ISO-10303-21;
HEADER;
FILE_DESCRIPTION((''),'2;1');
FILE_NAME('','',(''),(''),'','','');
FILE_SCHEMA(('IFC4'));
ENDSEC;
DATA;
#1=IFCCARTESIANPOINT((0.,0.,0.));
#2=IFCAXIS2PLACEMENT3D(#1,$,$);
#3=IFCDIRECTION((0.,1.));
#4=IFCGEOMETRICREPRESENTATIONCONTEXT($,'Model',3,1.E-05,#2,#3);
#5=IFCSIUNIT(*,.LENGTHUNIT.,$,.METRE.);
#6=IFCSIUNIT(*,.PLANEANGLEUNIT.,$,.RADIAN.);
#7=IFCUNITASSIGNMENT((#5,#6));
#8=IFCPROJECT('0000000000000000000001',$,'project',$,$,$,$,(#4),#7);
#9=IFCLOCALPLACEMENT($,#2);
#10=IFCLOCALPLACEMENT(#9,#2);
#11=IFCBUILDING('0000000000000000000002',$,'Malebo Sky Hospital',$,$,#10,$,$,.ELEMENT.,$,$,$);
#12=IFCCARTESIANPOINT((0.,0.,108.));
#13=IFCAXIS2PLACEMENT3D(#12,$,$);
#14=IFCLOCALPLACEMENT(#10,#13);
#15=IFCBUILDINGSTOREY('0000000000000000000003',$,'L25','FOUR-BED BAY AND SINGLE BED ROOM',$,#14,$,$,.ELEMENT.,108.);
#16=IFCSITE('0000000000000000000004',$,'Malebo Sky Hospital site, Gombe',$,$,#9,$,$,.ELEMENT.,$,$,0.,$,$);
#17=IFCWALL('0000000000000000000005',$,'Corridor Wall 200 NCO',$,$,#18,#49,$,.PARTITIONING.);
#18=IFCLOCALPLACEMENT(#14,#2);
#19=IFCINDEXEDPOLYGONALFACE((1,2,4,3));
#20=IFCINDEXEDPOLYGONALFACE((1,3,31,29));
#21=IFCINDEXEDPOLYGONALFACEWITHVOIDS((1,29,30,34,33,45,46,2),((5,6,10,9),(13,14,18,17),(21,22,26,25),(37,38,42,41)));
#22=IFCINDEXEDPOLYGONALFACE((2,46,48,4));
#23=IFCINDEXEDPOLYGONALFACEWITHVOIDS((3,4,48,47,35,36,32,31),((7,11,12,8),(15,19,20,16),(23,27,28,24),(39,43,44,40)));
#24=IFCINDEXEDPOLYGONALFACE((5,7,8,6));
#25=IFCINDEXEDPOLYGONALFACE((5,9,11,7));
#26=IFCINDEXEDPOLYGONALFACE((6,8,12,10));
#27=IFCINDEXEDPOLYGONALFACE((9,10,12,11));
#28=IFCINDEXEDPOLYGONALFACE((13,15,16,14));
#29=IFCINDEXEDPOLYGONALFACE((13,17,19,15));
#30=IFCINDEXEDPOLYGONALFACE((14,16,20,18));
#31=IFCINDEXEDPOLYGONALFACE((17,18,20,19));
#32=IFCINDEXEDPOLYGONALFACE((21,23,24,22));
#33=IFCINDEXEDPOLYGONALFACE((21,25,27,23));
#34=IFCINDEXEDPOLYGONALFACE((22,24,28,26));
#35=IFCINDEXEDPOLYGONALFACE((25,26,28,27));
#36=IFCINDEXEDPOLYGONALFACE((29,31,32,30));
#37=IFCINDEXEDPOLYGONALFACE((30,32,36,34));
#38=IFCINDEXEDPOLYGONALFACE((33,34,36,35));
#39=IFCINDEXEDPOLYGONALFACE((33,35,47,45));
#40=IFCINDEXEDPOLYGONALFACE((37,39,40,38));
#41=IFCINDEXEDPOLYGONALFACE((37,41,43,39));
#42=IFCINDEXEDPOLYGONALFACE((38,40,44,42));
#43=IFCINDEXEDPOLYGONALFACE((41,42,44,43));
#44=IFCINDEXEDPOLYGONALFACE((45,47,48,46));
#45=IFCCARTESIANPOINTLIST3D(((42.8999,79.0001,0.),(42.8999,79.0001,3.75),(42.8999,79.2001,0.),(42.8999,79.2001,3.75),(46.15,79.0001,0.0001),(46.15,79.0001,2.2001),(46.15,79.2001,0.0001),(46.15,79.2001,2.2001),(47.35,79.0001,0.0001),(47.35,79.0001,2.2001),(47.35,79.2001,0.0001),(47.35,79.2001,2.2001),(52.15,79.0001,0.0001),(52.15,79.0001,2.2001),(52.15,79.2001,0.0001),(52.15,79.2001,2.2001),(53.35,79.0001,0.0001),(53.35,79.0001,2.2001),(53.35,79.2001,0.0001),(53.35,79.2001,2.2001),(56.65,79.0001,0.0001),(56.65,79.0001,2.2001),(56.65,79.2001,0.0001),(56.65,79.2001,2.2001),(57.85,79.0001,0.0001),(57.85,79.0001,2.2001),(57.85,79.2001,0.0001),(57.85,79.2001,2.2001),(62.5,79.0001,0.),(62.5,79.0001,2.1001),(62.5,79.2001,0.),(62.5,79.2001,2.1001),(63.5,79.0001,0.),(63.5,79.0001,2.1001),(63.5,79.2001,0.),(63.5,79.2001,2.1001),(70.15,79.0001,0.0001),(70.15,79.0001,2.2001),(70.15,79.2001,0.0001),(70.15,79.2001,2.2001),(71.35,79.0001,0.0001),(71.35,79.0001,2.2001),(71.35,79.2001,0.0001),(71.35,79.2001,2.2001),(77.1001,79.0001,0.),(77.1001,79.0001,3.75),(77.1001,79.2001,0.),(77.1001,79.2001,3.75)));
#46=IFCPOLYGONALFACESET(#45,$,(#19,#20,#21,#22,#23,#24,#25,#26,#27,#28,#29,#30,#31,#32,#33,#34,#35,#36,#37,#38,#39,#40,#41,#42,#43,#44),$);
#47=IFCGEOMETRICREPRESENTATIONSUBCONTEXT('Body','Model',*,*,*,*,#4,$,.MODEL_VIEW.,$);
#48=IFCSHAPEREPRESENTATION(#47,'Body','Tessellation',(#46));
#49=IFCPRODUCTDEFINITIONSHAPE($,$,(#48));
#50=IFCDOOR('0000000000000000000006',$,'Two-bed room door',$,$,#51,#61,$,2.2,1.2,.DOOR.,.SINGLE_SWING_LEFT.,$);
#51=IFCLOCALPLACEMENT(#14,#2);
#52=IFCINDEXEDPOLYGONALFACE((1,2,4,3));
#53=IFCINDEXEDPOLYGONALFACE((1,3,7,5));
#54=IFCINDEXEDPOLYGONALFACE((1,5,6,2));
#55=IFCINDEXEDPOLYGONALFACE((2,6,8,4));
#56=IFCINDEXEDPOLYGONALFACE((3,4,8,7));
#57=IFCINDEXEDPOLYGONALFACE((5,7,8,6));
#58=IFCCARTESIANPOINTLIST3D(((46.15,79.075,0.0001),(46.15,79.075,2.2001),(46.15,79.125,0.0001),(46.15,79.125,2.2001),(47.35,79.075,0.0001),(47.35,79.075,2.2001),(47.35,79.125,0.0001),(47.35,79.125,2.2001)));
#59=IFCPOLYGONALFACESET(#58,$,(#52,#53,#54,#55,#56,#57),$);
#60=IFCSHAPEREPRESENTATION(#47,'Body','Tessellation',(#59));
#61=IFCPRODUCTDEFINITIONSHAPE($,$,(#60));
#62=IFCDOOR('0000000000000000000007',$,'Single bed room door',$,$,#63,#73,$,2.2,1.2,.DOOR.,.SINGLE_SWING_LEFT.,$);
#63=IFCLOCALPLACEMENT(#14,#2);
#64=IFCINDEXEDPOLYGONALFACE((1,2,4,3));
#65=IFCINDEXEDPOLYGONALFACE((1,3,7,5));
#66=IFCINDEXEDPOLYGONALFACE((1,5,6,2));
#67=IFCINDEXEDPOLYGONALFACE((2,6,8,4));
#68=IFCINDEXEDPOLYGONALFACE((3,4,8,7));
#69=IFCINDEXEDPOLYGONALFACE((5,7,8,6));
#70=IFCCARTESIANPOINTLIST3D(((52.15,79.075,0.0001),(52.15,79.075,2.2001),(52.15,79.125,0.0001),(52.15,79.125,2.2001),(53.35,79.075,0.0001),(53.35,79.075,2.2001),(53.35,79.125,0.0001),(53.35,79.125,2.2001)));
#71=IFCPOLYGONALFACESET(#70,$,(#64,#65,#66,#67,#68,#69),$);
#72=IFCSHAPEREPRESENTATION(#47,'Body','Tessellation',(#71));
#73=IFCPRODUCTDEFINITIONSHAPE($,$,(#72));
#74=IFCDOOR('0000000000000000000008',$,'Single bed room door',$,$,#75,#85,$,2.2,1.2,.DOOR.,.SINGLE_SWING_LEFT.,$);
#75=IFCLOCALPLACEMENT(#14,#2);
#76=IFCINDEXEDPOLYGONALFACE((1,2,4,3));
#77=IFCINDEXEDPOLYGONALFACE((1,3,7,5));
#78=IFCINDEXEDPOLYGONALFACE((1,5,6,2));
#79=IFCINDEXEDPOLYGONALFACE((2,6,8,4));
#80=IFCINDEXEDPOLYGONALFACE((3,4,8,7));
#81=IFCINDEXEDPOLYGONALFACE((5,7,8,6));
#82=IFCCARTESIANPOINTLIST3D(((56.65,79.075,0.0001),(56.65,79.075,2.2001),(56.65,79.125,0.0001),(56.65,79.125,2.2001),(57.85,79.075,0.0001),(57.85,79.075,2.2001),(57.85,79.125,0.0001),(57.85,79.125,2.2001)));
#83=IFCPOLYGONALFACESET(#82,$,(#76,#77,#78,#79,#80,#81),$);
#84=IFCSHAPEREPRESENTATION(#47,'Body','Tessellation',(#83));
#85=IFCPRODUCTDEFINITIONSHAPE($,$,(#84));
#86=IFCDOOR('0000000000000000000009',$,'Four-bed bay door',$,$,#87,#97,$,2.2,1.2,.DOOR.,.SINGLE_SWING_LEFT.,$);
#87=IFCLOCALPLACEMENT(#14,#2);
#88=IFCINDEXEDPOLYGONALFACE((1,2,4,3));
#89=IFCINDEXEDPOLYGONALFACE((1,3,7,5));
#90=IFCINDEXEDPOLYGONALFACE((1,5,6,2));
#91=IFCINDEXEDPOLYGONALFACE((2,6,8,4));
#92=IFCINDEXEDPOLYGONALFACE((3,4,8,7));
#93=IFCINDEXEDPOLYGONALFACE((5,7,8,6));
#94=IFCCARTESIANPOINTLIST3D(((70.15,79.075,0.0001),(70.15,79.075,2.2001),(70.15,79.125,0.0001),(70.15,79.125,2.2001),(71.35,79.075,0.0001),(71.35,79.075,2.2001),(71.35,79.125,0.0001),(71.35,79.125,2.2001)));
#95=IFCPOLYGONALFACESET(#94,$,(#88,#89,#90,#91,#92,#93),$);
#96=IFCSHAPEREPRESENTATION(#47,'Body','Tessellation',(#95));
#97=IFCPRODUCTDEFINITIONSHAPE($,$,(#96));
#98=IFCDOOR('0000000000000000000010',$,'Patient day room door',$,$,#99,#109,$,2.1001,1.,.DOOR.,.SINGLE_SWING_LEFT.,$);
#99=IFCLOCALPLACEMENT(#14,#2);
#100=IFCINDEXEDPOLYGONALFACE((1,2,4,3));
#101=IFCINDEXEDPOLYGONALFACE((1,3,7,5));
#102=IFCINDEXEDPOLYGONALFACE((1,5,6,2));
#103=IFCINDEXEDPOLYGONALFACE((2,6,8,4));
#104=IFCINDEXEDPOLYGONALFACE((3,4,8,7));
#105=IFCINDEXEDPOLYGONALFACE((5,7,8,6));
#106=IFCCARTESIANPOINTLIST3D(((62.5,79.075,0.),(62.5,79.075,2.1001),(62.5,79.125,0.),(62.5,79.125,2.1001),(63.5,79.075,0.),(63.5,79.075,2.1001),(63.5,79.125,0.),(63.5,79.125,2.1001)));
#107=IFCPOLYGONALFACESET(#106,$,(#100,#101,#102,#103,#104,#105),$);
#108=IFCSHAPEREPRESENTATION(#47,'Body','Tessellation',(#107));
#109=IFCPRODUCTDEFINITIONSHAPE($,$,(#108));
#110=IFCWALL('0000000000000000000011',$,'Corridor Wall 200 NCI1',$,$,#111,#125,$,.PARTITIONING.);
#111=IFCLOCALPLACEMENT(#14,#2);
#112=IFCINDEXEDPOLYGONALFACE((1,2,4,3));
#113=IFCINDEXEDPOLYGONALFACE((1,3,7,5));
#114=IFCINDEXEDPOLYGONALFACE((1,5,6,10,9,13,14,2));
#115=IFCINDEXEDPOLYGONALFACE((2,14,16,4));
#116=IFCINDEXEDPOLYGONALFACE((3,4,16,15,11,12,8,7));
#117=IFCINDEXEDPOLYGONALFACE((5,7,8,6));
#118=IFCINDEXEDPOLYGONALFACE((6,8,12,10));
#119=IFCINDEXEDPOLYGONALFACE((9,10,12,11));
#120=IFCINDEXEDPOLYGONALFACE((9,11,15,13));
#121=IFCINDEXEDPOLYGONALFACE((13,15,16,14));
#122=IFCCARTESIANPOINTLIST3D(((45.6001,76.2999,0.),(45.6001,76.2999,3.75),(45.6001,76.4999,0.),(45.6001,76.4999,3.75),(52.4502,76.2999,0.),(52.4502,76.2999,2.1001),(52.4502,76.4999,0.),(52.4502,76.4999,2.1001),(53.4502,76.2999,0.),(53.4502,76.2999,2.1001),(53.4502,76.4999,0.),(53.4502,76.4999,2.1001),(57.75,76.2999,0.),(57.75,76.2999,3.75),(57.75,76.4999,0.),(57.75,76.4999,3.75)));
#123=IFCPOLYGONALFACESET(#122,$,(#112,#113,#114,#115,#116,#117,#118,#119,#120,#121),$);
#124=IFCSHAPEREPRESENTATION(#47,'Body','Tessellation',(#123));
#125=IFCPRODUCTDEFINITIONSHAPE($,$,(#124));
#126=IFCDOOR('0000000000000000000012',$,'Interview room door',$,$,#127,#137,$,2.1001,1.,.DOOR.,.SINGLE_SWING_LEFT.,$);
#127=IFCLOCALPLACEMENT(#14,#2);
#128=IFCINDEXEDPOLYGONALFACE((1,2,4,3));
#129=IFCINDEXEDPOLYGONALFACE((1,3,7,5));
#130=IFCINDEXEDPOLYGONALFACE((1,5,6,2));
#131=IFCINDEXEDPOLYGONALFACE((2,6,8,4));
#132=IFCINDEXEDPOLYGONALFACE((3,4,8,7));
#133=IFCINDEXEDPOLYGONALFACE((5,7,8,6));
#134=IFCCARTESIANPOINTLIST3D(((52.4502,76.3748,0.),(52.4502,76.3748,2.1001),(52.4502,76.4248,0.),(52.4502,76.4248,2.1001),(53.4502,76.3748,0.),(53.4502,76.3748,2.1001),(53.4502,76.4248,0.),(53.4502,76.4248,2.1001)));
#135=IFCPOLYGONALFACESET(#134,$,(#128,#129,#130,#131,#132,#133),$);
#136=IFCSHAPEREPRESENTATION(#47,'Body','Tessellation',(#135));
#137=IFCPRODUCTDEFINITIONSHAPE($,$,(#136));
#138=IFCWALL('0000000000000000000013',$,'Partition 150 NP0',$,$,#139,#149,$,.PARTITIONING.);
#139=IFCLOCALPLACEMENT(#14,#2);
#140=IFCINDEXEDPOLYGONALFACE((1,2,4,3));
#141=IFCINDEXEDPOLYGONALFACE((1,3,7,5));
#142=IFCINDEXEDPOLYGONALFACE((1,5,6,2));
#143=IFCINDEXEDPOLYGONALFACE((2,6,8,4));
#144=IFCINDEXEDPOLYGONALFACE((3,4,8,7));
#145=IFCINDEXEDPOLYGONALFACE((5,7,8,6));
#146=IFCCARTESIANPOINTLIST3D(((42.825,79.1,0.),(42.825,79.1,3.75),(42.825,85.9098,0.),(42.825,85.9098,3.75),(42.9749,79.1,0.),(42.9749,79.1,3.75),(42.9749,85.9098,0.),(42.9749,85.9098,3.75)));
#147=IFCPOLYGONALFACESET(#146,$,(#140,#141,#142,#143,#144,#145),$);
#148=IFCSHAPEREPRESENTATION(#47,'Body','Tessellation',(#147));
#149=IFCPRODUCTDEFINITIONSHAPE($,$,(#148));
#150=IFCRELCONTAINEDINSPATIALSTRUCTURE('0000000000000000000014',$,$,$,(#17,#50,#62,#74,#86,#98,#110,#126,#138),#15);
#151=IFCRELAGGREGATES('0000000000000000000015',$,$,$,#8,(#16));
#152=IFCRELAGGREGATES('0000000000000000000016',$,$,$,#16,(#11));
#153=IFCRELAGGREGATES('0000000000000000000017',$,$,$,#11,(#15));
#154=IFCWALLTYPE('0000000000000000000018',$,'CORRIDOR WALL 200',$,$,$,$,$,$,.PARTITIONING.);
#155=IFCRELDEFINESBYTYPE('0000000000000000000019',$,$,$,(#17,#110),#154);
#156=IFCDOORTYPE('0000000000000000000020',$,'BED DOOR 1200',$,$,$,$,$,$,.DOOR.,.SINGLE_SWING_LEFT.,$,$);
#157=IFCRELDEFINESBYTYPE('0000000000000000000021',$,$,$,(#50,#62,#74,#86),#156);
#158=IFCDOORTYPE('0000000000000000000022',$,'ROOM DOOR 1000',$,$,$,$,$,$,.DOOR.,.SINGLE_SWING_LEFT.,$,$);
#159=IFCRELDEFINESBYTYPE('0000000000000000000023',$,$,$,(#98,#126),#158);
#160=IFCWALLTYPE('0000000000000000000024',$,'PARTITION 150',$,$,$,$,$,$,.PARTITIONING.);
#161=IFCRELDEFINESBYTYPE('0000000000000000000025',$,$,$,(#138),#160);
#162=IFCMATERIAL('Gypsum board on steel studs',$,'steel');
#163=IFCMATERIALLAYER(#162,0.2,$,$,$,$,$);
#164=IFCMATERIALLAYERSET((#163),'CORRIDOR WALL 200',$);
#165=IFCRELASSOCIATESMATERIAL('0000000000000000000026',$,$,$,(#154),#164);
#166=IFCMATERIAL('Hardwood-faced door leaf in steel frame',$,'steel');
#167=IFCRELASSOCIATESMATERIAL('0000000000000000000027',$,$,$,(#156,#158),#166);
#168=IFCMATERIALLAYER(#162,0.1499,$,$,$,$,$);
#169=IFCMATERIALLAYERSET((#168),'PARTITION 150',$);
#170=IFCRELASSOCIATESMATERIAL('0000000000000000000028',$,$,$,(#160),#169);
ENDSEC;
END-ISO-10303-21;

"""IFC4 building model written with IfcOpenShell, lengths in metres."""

from ifc_helpers import new_model, si_unit, direction, frame, frame_2d, origin, place, context, subcontext, project, spatial, rectangle, extrude, material, layer, layer_set, type_object, element, fill, save


model = new_model("IFC4")

# Units and contexts
model_context = context("Model", 3, precision=1e-05, world=origin(), true_north=direction((0.0, 1.0)))
body_context = subcontext(model_context, "Body", "Model", "MODEL_VIEW")
ifc_project = project(units=[si_unit("LENGTHUNIT", "METRE"), si_unit("PLANEANGLEUNIT", "RADIAN")], contexts=[model_context])

# Site, building, storey
site_placement = place(None, origin())
site = spatial("IfcSite", under=ifc_project, at=site_placement, Name="Malebo Sky Hospital site, Gombe", CompositionType="ELEMENT", RefElevation=0.0)
building_placement = place(site_placement, origin())
building = spatial("IfcBuilding", under=site, at=building_placement, Name="Malebo Sky Hospital", CompositionType="ELEMENT")
storey_placement = place(building_placement, frame((0.0, 0.0, 108.0)))
storey = spatial("IfcBuildingStorey", under=building, at=storey_placement, Name="L25", Description="FOUR-BED BAY AND SINGLE BED ROOM", CompositionType="ELEMENT", Elevation=108.0)

# Wall, openings, doors
ifc_material_1 = material(Name="Gypsum board on steel studs", Category="steel")
ifc_layer_1 = layer(ifc_material_1, 0.2)
ifc_layer_set_1 = layer_set([ifc_layer_1], Name="CORRIDOR WALL 200")
wall_type_1 = type_object("IfcWallType", Name="CORRIDOR WALL 200", PredefinedType="PARTITIONING", material=ifc_layer_set_1)
wall_1_placement = place(storey_placement, frame((42.8999, 79.1001, 0.0), z_axis=(0.0, 0.0, 1.0), x_axis=(1.0, 0.0, 0.0)))
wall_1 = element("IfcWall", 1, at=wall_1_placement, inside=storey, type_object=wall_type_1, Name="Corridor Wall 200 NCO", PredefinedType="PARTITIONING", context=body_context, shape_type="SweptSolid", body=[
    extrude(rectangle(XDim=34.2002, YDim=0.2, at=frame_2d((17.1001, 0.0))), origin(), (0.0, 0.0, 1.0), 3.75),
])
opening_1_placement = place(wall_1_placement, frame((3.25, 0.0, 0.0)))
opening_1 = element("IfcOpeningElement", 2, at=opening_1_placement, cuts=wall_1, PredefinedType="OPENING", context=body_context, shape_type="SweptSolid", body=[
    extrude(rectangle(XDim=1.2, YDim=2.2, at=frame_2d((0.6001, 1.1001))), frame((0.0, 0.1099, 0.0), z_axis=(0.0, -1.0, 0.0), x_axis=(1.0, 0.0, 0.0)), (0.0, 0.0, 1.0), 0.22),
])
opening_2_placement = place(wall_1_placement, frame((9.25, 0.0, 0.0)))
opening_2 = element("IfcOpeningElement", 3, at=opening_2_placement, cuts=wall_1, PredefinedType="OPENING", context=body_context, shape_type="SweptSolid", body=[
    extrude(rectangle(XDim=1.2, YDim=2.2, at=frame_2d((0.6001, 1.1001))), frame((0.0, 0.1099, 0.0), z_axis=(0.0, -1.0, 0.0), x_axis=(1.0, 0.0, 0.0)), (0.0, 0.0, 1.0), 0.22),
])
opening_3_placement = place(wall_1_placement, frame((13.75, 0.0, 0.0)))
opening_3 = element("IfcOpeningElement", 4, at=opening_3_placement, cuts=wall_1, PredefinedType="OPENING", context=body_context, shape_type="SweptSolid", body=[
    extrude(rectangle(XDim=1.2, YDim=2.2, at=frame_2d((0.6001, 1.1001))), frame((0.0, 0.1099, 0.0), z_axis=(0.0, -1.0, 0.0), x_axis=(1.0, 0.0, 0.0)), (0.0, 0.0, 1.0), 0.22),
])
opening_4_placement = place(wall_1_placement, frame((19.6001, 0.0, 0.0)))
opening_4 = element("IfcOpeningElement", 5, at=opening_4_placement, cuts=wall_1, PredefinedType="OPENING", context=body_context, shape_type="SweptSolid", body=[
    extrude(rectangle(XDim=1.0, YDim=2.1001, at=frame_2d((0.5, 1.05))), frame((0.0, 0.1099, 0.0), z_axis=(0.0, -1.0, 0.0), x_axis=(1.0, 0.0, 0.0)), (0.0, 0.0, 1.0), 0.22),
])
opening_5_placement = place(wall_1_placement, frame((27.25, 0.0, 0.0)))
opening_5 = element("IfcOpeningElement", 6, at=opening_5_placement, cuts=wall_1, PredefinedType="OPENING", context=body_context, shape_type="SweptSolid", body=[
    extrude(rectangle(XDim=1.2, YDim=2.2, at=frame_2d((0.6001, 1.1001))), frame((0.0, 0.1099, 0.0), z_axis=(0.0, -1.0, 0.0), x_axis=(1.0, 0.0, 0.0)), (0.0, 0.0, 1.0), 0.22),
])
ifc_material_2 = material(Name="Hardwood-faced door leaf in steel frame", Category="steel")
door_type_1 = type_object("IfcDoorType", Name="BED DOOR 1200", OperationType="SINGLE_SWING_LEFT", PredefinedType="DOOR", material=ifc_material_2)
door_1_placement = place(opening_1_placement, origin())
door_1 = element("IfcDoor", 7, at=door_1_placement, inside=storey, type_object=door_type_1, Name="Two-bed room door", OperationType="SINGLE_SWING_LEFT", OverallHeight=2.2, OverallWidth=1.2, PredefinedType="DOOR", context=body_context, shape_type="SweptSolid", body=[
    extrude(rectangle(XDim=1.2, YDim=2.2, at=frame_2d((0.6001, 1.1001))), frame((0.0, 0.0249, 0.0), z_axis=(0.0, -1.0, 0.0), x_axis=(1.0, 0.0, 0.0)), (0.0, 0.0, 1.0), 0.05),
])
fill(opening_1, door_1)
door_2_placement = place(opening_2_placement, origin())
door_2 = element("IfcDoor", 8, at=door_2_placement, inside=storey, type_object=door_type_1, Name="Single bed room door", OperationType="SINGLE_SWING_LEFT", OverallHeight=2.2, OverallWidth=1.2, PredefinedType="DOOR", context=body_context, shape_type="SweptSolid", body=[
    extrude(rectangle(XDim=1.2, YDim=2.2, at=frame_2d((0.6001, 1.1001))), frame((0.0, 0.0249, 0.0), z_axis=(0.0, -1.0, 0.0), x_axis=(1.0, 0.0, 0.0)), (0.0, 0.0, 1.0), 0.05),
])
fill(opening_2, door_2)
door_3_placement = place(opening_3_placement, origin())
door_3 = element("IfcDoor", 9, at=door_3_placement, inside=storey, type_object=door_type_1, Name="Single bed room door", OperationType="SINGLE_SWING_LEFT", OverallHeight=2.2, OverallWidth=1.2, PredefinedType="DOOR", context=body_context, shape_type="SweptSolid", body=[
    extrude(rectangle(XDim=1.2, YDim=2.2, at=frame_2d((0.6001, 1.1001))), frame((0.0, 0.0249, 0.0), z_axis=(0.0, -1.0, 0.0), x_axis=(1.0, 0.0, 0.0)), (0.0, 0.0, 1.0), 0.05),
])
fill(opening_3, door_3)
door_4_placement = place(opening_5_placement, origin())
door_4 = element("IfcDoor", 10, at=door_4_placement, inside=storey, type_object=door_type_1, Name="Four-bed bay door", OperationType="SINGLE_SWING_LEFT", OverallHeight=2.2, OverallWidth=1.2, PredefinedType="DOOR", context=body_context, shape_type="SweptSolid", body=[
    extrude(rectangle(XDim=1.2, YDim=2.2, at=frame_2d((0.6001, 1.1001))), frame((0.0, 0.0249, 0.0), z_axis=(0.0, -1.0, 0.0), x_axis=(1.0, 0.0, 0.0)), (0.0, 0.0, 1.0), 0.05),
])
fill(opening_5, door_4)
door_type_2 = type_object("IfcDoorType", Name="ROOM DOOR 1000", OperationType="SINGLE_SWING_LEFT", PredefinedType="DOOR", material=ifc_material_2)
door_5_placement = place(opening_4_placement, origin())
door_5 = element("IfcDoor", 11, at=door_5_placement, inside=storey, type_object=door_type_2, Name="Patient day room door", OperationType="SINGLE_SWING_LEFT", OverallHeight=2.1001, OverallWidth=1.0, PredefinedType="DOOR", context=body_context, shape_type="SweptSolid", body=[
    extrude(rectangle(XDim=1.0, YDim=2.1001, at=frame_2d((0.5, 1.05))), frame((0.0, 0.0249, 0.0), z_axis=(0.0, -1.0, 0.0), x_axis=(1.0, 0.0, 0.0)), (0.0, 0.0, 1.0), 0.05),
])
fill(opening_4, door_5)

# Wall, opening, door
wall_2_placement = place(storey_placement, frame((45.6001, 76.3999, 0.0), z_axis=(0.0, 0.0, 1.0), x_axis=(1.0, 0.0, 0.0)))
wall_2 = element("IfcWall", 12, at=wall_2_placement, inside=storey, type_object=wall_type_1, Name="Corridor Wall 200 NCI1", PredefinedType="PARTITIONING", context=body_context, shape_type="SweptSolid", body=[
    extrude(rectangle(XDim=12.1499, YDim=0.2, at=frame_2d((6.075, 0.0))), origin(), (0.0, 0.0, 1.0), 3.75),
])
opening_6_placement = place(wall_2_placement, frame((6.8501, 0.0, 0.0)))
opening_6 = element("IfcOpeningElement", 13, at=opening_6_placement, cuts=wall_2, PredefinedType="OPENING", context=body_context, shape_type="SweptSolid", body=[
    extrude(rectangle(XDim=1.0, YDim=2.1001, at=frame_2d((0.5, 1.05))), frame((0.0, 0.1099, 0.0), z_axis=(0.0, -1.0, 0.0), x_axis=(1.0, 0.0, 0.0)), (0.0, 0.0, 1.0), 0.22),
])
door_6_placement = place(opening_6_placement, origin())
door_6 = element("IfcDoor", 14, at=door_6_placement, inside=storey, type_object=door_type_2, Name="Interview room door", OperationType="SINGLE_SWING_LEFT", OverallHeight=2.1001, OverallWidth=1.0, PredefinedType="DOOR", context=body_context, shape_type="SweptSolid", body=[
    extrude(rectangle(XDim=1.0, YDim=2.1001, at=frame_2d((0.5, 1.05))), frame((0.0, 0.0249, 0.0), z_axis=(0.0, -1.0, 0.0), x_axis=(1.0, 0.0, 0.0)), (0.0, 0.0, 1.0), 0.05),
])
fill(opening_6, door_6)

# Wall
ifc_layer_2 = layer(ifc_material_1, 0.1499)
ifc_layer_set_2 = layer_set([ifc_layer_2], Name="PARTITION 150")
wall_type_2 = type_object("IfcWallType", Name="PARTITION 150", PredefinedType="PARTITIONING", material=ifc_layer_set_2)
wall_3_placement = place(storey_placement, frame((42.8999, 79.1001, 0.0), z_axis=(0.0, 0.0, 1.0), x_axis=(0.0, 1.0, 0.0)))
element("IfcWall", 15, at=wall_3_placement, inside=storey, type_object=wall_type_2, Name="Partition 150 NP0", PredefinedType="PARTITIONING", context=body_context, shape_type="SweptSolid", body=[
    extrude(rectangle(XDim=6.8098, YDim=0.1499, at=frame_2d((3.4048, 0.0))), origin(), (0.0, 0.0, 1.0), 3.75),
])

save(model, "model.ifc")
